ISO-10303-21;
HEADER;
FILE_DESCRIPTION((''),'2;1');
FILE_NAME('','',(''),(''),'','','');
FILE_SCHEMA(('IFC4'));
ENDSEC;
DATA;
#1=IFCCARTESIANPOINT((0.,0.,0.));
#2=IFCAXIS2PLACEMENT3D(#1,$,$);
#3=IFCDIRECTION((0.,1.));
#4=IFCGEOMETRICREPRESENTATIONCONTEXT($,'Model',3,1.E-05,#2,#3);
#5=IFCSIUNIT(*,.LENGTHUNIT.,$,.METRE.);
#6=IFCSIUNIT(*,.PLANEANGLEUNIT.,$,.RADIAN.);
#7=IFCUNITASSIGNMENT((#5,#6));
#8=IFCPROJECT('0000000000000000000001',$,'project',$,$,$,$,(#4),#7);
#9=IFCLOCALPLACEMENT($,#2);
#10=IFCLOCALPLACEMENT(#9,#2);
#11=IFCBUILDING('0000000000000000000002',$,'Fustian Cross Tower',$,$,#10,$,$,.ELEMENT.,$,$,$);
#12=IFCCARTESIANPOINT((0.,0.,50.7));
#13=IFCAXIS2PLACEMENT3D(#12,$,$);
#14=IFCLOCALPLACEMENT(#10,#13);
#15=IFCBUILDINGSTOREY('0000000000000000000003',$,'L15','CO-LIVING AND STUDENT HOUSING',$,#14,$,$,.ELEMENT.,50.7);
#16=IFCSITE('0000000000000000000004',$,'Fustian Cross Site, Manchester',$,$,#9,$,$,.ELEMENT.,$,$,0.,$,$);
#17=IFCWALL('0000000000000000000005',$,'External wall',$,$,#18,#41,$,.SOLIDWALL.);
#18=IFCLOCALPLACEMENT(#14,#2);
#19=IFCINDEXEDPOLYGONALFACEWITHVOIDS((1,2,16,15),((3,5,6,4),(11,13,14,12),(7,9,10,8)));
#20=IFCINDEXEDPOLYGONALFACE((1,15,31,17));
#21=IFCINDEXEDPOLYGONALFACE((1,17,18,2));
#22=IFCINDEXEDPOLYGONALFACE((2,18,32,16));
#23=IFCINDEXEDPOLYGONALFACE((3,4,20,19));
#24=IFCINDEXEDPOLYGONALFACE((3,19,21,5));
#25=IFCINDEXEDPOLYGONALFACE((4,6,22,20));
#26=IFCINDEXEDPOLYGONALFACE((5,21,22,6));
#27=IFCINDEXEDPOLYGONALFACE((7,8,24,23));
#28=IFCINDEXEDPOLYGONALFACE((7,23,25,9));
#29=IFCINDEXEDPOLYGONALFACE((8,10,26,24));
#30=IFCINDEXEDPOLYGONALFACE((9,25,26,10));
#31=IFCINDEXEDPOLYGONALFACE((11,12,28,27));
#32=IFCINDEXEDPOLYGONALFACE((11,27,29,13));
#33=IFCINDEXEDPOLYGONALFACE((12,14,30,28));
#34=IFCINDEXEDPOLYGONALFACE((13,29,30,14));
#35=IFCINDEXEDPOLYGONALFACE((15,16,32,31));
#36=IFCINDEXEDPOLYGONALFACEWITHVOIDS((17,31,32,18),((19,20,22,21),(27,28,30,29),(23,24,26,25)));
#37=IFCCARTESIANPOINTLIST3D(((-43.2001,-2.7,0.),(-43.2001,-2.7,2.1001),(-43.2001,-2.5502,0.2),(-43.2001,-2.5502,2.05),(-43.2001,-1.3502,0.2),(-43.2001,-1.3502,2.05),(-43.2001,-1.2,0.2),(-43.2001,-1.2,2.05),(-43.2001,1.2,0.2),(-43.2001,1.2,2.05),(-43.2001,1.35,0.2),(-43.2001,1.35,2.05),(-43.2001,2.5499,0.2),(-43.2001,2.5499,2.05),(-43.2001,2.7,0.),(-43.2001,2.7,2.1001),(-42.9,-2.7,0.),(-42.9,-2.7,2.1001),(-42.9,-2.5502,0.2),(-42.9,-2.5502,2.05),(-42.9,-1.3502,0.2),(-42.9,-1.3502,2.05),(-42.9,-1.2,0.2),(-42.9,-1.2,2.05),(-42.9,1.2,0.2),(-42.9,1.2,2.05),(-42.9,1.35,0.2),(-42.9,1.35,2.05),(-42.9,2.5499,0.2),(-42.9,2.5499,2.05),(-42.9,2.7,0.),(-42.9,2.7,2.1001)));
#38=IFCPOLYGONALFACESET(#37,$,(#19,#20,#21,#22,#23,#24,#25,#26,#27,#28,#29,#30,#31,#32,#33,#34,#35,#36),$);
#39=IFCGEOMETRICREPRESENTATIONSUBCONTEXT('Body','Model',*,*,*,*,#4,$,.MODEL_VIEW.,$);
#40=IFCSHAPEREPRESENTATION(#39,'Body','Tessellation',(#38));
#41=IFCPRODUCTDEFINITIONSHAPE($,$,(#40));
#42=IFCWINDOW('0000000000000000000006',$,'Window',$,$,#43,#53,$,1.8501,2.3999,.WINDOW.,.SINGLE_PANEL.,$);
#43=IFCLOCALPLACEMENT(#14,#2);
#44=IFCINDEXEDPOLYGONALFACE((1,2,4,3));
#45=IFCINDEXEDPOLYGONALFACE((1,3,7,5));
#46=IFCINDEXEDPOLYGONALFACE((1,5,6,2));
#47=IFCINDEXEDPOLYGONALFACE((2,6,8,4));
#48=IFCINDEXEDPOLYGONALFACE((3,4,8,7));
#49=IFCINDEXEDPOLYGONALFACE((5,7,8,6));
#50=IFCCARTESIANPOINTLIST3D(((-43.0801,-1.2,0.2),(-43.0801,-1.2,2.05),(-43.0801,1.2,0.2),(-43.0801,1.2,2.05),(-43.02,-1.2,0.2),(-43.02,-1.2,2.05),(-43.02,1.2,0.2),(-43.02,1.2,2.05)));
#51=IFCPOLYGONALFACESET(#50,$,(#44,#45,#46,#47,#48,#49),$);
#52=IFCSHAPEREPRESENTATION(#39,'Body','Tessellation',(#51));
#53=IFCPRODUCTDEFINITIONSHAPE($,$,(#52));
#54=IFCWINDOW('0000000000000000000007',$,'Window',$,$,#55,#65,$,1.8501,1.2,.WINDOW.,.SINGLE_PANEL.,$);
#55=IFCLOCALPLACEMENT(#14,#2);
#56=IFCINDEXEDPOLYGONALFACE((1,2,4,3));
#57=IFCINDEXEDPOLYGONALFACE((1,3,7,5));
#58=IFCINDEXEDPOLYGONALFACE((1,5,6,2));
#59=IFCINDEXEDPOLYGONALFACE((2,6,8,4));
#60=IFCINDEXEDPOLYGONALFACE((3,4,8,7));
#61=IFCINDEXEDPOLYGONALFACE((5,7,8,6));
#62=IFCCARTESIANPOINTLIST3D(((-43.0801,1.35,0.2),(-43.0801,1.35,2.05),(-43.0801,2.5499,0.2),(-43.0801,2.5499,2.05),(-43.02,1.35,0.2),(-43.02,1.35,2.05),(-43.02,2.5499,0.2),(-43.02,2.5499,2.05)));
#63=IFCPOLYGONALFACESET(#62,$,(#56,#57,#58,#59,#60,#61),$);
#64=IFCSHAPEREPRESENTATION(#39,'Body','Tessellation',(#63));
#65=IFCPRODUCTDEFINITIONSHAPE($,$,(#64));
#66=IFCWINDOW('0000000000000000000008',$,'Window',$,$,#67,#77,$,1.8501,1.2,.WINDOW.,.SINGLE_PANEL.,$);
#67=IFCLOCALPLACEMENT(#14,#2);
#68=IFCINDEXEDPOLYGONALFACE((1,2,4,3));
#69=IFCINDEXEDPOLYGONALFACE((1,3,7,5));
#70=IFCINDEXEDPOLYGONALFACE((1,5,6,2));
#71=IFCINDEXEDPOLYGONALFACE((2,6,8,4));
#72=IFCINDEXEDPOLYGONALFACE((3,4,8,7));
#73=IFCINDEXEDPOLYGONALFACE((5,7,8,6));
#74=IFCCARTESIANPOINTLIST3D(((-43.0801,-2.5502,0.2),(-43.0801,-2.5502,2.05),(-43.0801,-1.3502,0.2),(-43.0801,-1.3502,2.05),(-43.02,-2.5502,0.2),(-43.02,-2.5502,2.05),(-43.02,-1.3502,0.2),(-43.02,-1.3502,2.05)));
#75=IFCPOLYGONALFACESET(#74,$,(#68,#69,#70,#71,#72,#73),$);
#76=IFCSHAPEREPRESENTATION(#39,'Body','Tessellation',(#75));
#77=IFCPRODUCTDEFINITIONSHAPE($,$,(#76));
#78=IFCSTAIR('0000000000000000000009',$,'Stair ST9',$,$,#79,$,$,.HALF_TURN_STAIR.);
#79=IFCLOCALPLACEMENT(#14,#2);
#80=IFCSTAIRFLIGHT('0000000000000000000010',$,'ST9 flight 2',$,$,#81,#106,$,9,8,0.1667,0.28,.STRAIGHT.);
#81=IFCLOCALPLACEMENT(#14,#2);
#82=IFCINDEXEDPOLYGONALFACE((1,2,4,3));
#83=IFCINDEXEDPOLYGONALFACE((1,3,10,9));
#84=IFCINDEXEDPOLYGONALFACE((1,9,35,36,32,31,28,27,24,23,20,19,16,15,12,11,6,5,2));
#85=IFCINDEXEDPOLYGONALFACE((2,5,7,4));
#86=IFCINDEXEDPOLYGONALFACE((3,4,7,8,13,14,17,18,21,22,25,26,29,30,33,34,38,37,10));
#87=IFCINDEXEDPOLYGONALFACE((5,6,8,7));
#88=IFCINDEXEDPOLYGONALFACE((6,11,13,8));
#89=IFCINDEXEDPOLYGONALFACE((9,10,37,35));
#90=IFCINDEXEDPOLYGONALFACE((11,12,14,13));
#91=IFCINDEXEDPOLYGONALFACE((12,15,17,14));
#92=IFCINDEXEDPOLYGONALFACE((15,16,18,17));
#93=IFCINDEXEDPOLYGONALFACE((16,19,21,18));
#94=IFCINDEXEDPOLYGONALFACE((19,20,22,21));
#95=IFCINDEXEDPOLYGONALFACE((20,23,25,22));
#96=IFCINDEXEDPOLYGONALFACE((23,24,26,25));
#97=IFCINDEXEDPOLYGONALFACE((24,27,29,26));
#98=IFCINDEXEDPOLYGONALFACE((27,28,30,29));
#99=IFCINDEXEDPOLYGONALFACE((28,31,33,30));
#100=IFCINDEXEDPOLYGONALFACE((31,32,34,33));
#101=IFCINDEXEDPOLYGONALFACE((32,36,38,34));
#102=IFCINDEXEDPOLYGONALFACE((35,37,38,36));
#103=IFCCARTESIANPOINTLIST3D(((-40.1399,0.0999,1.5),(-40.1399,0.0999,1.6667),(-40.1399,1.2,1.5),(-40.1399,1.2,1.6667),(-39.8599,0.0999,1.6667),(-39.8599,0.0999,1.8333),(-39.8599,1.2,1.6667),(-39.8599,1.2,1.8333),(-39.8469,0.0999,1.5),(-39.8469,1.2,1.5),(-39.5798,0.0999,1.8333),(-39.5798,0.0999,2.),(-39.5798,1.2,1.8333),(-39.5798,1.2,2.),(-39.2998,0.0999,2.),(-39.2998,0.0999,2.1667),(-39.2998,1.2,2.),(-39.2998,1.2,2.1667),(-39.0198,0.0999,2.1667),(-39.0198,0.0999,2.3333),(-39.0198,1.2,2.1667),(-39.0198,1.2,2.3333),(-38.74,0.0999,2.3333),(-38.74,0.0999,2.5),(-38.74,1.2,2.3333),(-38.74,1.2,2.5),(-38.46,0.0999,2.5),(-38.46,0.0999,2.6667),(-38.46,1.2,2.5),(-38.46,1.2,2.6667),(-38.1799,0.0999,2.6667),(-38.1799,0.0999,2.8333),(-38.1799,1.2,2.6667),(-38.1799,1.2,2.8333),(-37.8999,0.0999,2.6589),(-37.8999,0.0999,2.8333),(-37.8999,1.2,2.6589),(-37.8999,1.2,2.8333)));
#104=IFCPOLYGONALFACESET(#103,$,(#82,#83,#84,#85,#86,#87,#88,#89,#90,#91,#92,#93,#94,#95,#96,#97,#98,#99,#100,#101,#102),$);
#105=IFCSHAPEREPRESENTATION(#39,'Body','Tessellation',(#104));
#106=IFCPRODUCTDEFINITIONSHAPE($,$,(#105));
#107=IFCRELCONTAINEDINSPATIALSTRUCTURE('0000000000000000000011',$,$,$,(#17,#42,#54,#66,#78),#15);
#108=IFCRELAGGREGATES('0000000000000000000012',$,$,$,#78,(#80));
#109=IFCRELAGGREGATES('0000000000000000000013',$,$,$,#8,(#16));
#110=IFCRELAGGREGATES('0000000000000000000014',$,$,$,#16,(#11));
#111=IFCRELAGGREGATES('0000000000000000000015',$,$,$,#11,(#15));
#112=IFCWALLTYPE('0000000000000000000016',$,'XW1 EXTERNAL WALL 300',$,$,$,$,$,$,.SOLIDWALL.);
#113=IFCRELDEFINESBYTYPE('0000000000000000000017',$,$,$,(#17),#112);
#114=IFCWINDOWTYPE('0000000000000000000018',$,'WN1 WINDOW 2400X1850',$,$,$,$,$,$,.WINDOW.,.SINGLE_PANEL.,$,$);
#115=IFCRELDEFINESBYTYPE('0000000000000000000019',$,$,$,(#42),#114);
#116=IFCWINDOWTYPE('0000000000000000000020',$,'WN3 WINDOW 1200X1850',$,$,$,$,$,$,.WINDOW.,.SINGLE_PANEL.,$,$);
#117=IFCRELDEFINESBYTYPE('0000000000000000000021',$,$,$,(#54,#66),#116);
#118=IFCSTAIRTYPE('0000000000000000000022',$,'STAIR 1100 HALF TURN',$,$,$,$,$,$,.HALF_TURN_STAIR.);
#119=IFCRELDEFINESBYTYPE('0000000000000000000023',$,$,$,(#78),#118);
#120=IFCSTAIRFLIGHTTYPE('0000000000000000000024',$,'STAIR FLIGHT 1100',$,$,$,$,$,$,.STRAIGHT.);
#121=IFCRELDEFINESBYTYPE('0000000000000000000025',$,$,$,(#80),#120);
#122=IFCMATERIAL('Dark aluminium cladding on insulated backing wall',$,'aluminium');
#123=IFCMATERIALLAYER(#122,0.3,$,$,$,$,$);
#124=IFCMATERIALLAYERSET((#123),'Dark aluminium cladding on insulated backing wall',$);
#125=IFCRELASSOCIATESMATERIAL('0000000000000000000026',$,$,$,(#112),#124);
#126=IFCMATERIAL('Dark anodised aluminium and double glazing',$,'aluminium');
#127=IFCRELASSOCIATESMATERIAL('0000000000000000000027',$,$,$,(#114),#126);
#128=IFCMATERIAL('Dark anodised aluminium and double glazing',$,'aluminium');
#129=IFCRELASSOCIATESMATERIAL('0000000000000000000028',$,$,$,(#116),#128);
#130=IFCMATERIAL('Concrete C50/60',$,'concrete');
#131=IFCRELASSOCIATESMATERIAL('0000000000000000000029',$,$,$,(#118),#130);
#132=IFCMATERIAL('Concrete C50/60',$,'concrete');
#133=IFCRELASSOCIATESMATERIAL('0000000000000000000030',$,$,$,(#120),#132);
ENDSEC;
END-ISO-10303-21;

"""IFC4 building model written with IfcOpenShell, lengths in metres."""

from ifc_helpers import new_model, si_unit, direction, frame, frame_2d, origin, place, context, subcontext, project, spatial, polyline, rectangle, outline, extrude, material, layer, layer_set, type_object, element, fill, aggregate, save


model = new_model("IFC4")

# Units and contexts
model_context = context("Model", 3, precision=1e-05, world=origin(), true_north=direction((0.0, 1.0)))
body_context = subcontext(model_context, "Body", "Model", "MODEL_VIEW")
ifc_project = project(units=[si_unit("LENGTHUNIT", "METRE"), si_unit("PLANEANGLEUNIT", "RADIAN")], contexts=[model_context])

# Site, building, storey
site_placement = place(None, origin())
site = spatial("IfcSite", under=ifc_project, at=site_placement, Name="Fustian Cross Site, Manchester", CompositionType="ELEMENT", RefElevation=0.0)
building_placement = place(site_placement, origin())
building = spatial("IfcBuilding", under=site, at=building_placement, Name="Fustian Cross Tower", CompositionType="ELEMENT")
storey_placement = place(building_placement, frame((0.0, 0.0, 50.7)))
storey = spatial("IfcBuildingStorey", under=building, at=storey_placement, Name="L15", Description="CO-LIVING AND STUDENT HOUSING", CompositionType="ELEMENT", Elevation=50.7)

# Shared definitions
ifc_material_1 = material(Name="Dark aluminium cladding on insulated backing wall", Category="aluminium")
ifc_layer_1 = layer(ifc_material_1, 0.3)
ifc_layer_set_1 = layer_set([ifc_layer_1], Name="Dark aluminium cladding on insulated backing wall")
wall_type_1 = type_object("IfcWallType", Name="XW1 EXTERNAL WALL 300", PredefinedType="SOLIDWALL", material=ifc_layer_set_1)

# Wall, openings, windows
wall_1_placement = place(storey_placement, frame((-43.05, 2.7, 0.0), z_axis=(0.0, 0.0, 1.0), x_axis=(0.0, -1.0, 0.0)))
wall_1 = element("IfcWall", 1, at=wall_1_placement, inside=storey, type_object=wall_type_1, Name="External wall", PredefinedType="SOLIDWALL", context=body_context, shape_type="SweptSolid", body=[
    extrude(rectangle(XDim=5.3999, YDim=0.3, at=frame_2d((2.7, 0.0))), origin(), (0.0, 0.0, 1.0), 2.1001),
])
opening_1_placement = place(wall_1_placement, frame((1.5, 0.0, 0.2)))
opening_1 = element("IfcOpeningElement", 2, at=opening_1_placement, cuts=wall_1, PredefinedType="OPENING", context=body_context, shape_type="SweptSolid", body=[
    extrude(rectangle(XDim=2.3999, YDim=1.8501, at=frame_2d((1.2, 0.925))), frame((0.0, 0.1599, 0.0), z_axis=(0.0, -1.0, 0.0), x_axis=(1.0, 0.0, 0.0)), (0.0, 0.0, 1.0), 0.3201),
])
opening_2_placement = place(wall_1_placement, frame((0.1499, 0.0, 0.2)))
opening_2 = element("IfcOpeningElement", 3, at=opening_2_placement, cuts=wall_1, PredefinedType="OPENING", context=body_context, shape_type="SweptSolid", body=[
    extrude(rectangle(XDim=1.2, YDim=1.8501, at=frame_2d((0.6001, 0.925))), frame((0.0, 0.1599, 0.0), z_axis=(0.0, -1.0, 0.0), x_axis=(1.0, 0.0, 0.0)), (0.0, 0.0, 1.0), 0.3201),
])
opening_3_placement = place(wall_1_placement, frame((4.05, 0.0, 0.2)))
opening_3 = element("IfcOpeningElement", 4, at=opening_3_placement, cuts=wall_1, PredefinedType="OPENING", context=body_context, shape_type="SweptSolid", body=[
    extrude(rectangle(XDim=1.2, YDim=1.8501, at=frame_2d((0.6001, 0.925))), frame((0.0, 0.1599, 0.0), z_axis=(0.0, -1.0, 0.0), x_axis=(1.0, 0.0, 0.0)), (0.0, 0.0, 1.0), 0.3201),
])
ifc_material_2 = material(Name="Dark anodised aluminium and double glazing", Category="aluminium")
window_type_1 = type_object("IfcWindowType", Name="WN1 WINDOW 2400X1850", PartitioningType="SINGLE_PANEL", PredefinedType="WINDOW", material=ifc_material_2)
window_1_placement = place(opening_1_placement, origin())
window_1 = element("IfcWindow", 5, at=window_1_placement, inside=storey, type_object=window_type_1, Name="Window", OverallHeight=1.8501, OverallWidth=2.3999, PartitioningType="SINGLE_PANEL", PredefinedType="WINDOW", context=body_context, shape_type="SweptSolid", body=[
    extrude(rectangle(XDim=2.3999, YDim=1.8501, at=frame_2d((1.2, 0.925))), frame((0.0, 0.03, 0.0), z_axis=(0.0, -1.0, 0.0), x_axis=(1.0, 0.0, 0.0)), (0.0, 0.0, 1.0), 0.0601),
])
fill(opening_1, window_1)
ifc_material_3 = material(Name="Dark anodised aluminium and double glazing", Category="aluminium")
window_type_2 = type_object("IfcWindowType", Name="WN3 WINDOW 1200X1850", PartitioningType="SINGLE_PANEL", PredefinedType="WINDOW", material=ifc_material_3)
window_2_placement = place(opening_2_placement, origin())
window_2 = element("IfcWindow", 6, at=window_2_placement, inside=storey, type_object=window_type_2, Name="Window", OverallHeight=1.8501, OverallWidth=1.2, PartitioningType="SINGLE_PANEL", PredefinedType="WINDOW", context=body_context, shape_type="SweptSolid", body=[
    extrude(rectangle(XDim=1.2, YDim=1.8501, at=frame_2d((0.6001, 0.925))), frame((0.0, 0.03, 0.0), z_axis=(0.0, -1.0, 0.0), x_axis=(1.0, 0.0, 0.0)), (0.0, 0.0, 1.0), 0.0601),
])
fill(opening_2, window_2)
window_3_placement = place(opening_3_placement, origin())
window_3 = element("IfcWindow", 7, at=window_3_placement, inside=storey, type_object=window_type_2, Name="Window", OverallHeight=1.8501, OverallWidth=1.2, PartitioningType="SINGLE_PANEL", PredefinedType="WINDOW", context=body_context, shape_type="SweptSolid", body=[
    extrude(rectangle(XDim=1.2, YDim=1.8501, at=frame_2d((0.6001, 0.925))), frame((0.0, 0.03, 0.0), z_axis=(0.0, -1.0, 0.0), x_axis=(1.0, 0.0, 0.0)), (0.0, 0.0, 1.0), 0.0601),
])
fill(opening_3, window_3)

# Stair, stair flight
ifc_material_4 = material(Name="Concrete C50/60", Category="concrete")
stair_type = type_object("IfcStairType", Name="STAIR 1100 HALF TURN", PredefinedType="HALF_TURN_STAIR", material=ifc_material_4)
stair_placement = place(storey_placement, origin())
stair = element("IfcStair", 8, at=stair_placement, inside=storey, type_object=stair_type, Name="Stair ST9", PredefinedType="HALF_TURN_STAIR")
ifc_material_5 = material(Name="Concrete C50/60", Category="concrete")
stair_flight_type = type_object("IfcStairFlightType", Name="STAIR FLIGHT 1100", PredefinedType="STRAIGHT", material=ifc_material_5)
stair_flight_placement = place(storey_placement, frame((-40.1399, 0.6499, 1.5), z_axis=(0.0, 0.0, 1.0), x_axis=(1.0, 0.0, 0.0)))
stair_flight = element("IfcStairFlight", 9, at=stair_flight_placement, type_object=stair_flight_type, Name="ST9 flight 2", NumberOfRisers=9, NumberOfTreads=8, PredefinedType="STRAIGHT", RiserHeight=0.1667, TreadLength=0.28, context=body_context, shape_type="SweptSolid", body=[
    extrude(outline(polyline([(0.0, 0.0), (0.0, 0.1667), (0.28, 0.1667), (0.28, 0.3333), (0.5601, 0.3333), (0.5601, 0.5), (0.8401, 0.5), (0.8401, 0.6667), (1.1201, 0.6667), (1.1201, 0.8333), (1.3999, 0.8333), (1.3999, 1.0), (1.6799, 1.0), (1.6799, 1.1667), (1.96, 1.1667), (1.96, 1.3333), (2.24, 1.3333), (2.24, 1.5), (2.24, 1.1589), (0.293, 0.0), (0.0, 0.0)])), frame((0.0, 0.55, 0.0), z_axis=(0.0, -1.0, 0.0), x_axis=(1.0, 0.0, 0.0)), (0.0, 0.0, 1.0), 1.1001),
])
aggregate(stair, [stair_flight])

save(model, "model.ifc")
